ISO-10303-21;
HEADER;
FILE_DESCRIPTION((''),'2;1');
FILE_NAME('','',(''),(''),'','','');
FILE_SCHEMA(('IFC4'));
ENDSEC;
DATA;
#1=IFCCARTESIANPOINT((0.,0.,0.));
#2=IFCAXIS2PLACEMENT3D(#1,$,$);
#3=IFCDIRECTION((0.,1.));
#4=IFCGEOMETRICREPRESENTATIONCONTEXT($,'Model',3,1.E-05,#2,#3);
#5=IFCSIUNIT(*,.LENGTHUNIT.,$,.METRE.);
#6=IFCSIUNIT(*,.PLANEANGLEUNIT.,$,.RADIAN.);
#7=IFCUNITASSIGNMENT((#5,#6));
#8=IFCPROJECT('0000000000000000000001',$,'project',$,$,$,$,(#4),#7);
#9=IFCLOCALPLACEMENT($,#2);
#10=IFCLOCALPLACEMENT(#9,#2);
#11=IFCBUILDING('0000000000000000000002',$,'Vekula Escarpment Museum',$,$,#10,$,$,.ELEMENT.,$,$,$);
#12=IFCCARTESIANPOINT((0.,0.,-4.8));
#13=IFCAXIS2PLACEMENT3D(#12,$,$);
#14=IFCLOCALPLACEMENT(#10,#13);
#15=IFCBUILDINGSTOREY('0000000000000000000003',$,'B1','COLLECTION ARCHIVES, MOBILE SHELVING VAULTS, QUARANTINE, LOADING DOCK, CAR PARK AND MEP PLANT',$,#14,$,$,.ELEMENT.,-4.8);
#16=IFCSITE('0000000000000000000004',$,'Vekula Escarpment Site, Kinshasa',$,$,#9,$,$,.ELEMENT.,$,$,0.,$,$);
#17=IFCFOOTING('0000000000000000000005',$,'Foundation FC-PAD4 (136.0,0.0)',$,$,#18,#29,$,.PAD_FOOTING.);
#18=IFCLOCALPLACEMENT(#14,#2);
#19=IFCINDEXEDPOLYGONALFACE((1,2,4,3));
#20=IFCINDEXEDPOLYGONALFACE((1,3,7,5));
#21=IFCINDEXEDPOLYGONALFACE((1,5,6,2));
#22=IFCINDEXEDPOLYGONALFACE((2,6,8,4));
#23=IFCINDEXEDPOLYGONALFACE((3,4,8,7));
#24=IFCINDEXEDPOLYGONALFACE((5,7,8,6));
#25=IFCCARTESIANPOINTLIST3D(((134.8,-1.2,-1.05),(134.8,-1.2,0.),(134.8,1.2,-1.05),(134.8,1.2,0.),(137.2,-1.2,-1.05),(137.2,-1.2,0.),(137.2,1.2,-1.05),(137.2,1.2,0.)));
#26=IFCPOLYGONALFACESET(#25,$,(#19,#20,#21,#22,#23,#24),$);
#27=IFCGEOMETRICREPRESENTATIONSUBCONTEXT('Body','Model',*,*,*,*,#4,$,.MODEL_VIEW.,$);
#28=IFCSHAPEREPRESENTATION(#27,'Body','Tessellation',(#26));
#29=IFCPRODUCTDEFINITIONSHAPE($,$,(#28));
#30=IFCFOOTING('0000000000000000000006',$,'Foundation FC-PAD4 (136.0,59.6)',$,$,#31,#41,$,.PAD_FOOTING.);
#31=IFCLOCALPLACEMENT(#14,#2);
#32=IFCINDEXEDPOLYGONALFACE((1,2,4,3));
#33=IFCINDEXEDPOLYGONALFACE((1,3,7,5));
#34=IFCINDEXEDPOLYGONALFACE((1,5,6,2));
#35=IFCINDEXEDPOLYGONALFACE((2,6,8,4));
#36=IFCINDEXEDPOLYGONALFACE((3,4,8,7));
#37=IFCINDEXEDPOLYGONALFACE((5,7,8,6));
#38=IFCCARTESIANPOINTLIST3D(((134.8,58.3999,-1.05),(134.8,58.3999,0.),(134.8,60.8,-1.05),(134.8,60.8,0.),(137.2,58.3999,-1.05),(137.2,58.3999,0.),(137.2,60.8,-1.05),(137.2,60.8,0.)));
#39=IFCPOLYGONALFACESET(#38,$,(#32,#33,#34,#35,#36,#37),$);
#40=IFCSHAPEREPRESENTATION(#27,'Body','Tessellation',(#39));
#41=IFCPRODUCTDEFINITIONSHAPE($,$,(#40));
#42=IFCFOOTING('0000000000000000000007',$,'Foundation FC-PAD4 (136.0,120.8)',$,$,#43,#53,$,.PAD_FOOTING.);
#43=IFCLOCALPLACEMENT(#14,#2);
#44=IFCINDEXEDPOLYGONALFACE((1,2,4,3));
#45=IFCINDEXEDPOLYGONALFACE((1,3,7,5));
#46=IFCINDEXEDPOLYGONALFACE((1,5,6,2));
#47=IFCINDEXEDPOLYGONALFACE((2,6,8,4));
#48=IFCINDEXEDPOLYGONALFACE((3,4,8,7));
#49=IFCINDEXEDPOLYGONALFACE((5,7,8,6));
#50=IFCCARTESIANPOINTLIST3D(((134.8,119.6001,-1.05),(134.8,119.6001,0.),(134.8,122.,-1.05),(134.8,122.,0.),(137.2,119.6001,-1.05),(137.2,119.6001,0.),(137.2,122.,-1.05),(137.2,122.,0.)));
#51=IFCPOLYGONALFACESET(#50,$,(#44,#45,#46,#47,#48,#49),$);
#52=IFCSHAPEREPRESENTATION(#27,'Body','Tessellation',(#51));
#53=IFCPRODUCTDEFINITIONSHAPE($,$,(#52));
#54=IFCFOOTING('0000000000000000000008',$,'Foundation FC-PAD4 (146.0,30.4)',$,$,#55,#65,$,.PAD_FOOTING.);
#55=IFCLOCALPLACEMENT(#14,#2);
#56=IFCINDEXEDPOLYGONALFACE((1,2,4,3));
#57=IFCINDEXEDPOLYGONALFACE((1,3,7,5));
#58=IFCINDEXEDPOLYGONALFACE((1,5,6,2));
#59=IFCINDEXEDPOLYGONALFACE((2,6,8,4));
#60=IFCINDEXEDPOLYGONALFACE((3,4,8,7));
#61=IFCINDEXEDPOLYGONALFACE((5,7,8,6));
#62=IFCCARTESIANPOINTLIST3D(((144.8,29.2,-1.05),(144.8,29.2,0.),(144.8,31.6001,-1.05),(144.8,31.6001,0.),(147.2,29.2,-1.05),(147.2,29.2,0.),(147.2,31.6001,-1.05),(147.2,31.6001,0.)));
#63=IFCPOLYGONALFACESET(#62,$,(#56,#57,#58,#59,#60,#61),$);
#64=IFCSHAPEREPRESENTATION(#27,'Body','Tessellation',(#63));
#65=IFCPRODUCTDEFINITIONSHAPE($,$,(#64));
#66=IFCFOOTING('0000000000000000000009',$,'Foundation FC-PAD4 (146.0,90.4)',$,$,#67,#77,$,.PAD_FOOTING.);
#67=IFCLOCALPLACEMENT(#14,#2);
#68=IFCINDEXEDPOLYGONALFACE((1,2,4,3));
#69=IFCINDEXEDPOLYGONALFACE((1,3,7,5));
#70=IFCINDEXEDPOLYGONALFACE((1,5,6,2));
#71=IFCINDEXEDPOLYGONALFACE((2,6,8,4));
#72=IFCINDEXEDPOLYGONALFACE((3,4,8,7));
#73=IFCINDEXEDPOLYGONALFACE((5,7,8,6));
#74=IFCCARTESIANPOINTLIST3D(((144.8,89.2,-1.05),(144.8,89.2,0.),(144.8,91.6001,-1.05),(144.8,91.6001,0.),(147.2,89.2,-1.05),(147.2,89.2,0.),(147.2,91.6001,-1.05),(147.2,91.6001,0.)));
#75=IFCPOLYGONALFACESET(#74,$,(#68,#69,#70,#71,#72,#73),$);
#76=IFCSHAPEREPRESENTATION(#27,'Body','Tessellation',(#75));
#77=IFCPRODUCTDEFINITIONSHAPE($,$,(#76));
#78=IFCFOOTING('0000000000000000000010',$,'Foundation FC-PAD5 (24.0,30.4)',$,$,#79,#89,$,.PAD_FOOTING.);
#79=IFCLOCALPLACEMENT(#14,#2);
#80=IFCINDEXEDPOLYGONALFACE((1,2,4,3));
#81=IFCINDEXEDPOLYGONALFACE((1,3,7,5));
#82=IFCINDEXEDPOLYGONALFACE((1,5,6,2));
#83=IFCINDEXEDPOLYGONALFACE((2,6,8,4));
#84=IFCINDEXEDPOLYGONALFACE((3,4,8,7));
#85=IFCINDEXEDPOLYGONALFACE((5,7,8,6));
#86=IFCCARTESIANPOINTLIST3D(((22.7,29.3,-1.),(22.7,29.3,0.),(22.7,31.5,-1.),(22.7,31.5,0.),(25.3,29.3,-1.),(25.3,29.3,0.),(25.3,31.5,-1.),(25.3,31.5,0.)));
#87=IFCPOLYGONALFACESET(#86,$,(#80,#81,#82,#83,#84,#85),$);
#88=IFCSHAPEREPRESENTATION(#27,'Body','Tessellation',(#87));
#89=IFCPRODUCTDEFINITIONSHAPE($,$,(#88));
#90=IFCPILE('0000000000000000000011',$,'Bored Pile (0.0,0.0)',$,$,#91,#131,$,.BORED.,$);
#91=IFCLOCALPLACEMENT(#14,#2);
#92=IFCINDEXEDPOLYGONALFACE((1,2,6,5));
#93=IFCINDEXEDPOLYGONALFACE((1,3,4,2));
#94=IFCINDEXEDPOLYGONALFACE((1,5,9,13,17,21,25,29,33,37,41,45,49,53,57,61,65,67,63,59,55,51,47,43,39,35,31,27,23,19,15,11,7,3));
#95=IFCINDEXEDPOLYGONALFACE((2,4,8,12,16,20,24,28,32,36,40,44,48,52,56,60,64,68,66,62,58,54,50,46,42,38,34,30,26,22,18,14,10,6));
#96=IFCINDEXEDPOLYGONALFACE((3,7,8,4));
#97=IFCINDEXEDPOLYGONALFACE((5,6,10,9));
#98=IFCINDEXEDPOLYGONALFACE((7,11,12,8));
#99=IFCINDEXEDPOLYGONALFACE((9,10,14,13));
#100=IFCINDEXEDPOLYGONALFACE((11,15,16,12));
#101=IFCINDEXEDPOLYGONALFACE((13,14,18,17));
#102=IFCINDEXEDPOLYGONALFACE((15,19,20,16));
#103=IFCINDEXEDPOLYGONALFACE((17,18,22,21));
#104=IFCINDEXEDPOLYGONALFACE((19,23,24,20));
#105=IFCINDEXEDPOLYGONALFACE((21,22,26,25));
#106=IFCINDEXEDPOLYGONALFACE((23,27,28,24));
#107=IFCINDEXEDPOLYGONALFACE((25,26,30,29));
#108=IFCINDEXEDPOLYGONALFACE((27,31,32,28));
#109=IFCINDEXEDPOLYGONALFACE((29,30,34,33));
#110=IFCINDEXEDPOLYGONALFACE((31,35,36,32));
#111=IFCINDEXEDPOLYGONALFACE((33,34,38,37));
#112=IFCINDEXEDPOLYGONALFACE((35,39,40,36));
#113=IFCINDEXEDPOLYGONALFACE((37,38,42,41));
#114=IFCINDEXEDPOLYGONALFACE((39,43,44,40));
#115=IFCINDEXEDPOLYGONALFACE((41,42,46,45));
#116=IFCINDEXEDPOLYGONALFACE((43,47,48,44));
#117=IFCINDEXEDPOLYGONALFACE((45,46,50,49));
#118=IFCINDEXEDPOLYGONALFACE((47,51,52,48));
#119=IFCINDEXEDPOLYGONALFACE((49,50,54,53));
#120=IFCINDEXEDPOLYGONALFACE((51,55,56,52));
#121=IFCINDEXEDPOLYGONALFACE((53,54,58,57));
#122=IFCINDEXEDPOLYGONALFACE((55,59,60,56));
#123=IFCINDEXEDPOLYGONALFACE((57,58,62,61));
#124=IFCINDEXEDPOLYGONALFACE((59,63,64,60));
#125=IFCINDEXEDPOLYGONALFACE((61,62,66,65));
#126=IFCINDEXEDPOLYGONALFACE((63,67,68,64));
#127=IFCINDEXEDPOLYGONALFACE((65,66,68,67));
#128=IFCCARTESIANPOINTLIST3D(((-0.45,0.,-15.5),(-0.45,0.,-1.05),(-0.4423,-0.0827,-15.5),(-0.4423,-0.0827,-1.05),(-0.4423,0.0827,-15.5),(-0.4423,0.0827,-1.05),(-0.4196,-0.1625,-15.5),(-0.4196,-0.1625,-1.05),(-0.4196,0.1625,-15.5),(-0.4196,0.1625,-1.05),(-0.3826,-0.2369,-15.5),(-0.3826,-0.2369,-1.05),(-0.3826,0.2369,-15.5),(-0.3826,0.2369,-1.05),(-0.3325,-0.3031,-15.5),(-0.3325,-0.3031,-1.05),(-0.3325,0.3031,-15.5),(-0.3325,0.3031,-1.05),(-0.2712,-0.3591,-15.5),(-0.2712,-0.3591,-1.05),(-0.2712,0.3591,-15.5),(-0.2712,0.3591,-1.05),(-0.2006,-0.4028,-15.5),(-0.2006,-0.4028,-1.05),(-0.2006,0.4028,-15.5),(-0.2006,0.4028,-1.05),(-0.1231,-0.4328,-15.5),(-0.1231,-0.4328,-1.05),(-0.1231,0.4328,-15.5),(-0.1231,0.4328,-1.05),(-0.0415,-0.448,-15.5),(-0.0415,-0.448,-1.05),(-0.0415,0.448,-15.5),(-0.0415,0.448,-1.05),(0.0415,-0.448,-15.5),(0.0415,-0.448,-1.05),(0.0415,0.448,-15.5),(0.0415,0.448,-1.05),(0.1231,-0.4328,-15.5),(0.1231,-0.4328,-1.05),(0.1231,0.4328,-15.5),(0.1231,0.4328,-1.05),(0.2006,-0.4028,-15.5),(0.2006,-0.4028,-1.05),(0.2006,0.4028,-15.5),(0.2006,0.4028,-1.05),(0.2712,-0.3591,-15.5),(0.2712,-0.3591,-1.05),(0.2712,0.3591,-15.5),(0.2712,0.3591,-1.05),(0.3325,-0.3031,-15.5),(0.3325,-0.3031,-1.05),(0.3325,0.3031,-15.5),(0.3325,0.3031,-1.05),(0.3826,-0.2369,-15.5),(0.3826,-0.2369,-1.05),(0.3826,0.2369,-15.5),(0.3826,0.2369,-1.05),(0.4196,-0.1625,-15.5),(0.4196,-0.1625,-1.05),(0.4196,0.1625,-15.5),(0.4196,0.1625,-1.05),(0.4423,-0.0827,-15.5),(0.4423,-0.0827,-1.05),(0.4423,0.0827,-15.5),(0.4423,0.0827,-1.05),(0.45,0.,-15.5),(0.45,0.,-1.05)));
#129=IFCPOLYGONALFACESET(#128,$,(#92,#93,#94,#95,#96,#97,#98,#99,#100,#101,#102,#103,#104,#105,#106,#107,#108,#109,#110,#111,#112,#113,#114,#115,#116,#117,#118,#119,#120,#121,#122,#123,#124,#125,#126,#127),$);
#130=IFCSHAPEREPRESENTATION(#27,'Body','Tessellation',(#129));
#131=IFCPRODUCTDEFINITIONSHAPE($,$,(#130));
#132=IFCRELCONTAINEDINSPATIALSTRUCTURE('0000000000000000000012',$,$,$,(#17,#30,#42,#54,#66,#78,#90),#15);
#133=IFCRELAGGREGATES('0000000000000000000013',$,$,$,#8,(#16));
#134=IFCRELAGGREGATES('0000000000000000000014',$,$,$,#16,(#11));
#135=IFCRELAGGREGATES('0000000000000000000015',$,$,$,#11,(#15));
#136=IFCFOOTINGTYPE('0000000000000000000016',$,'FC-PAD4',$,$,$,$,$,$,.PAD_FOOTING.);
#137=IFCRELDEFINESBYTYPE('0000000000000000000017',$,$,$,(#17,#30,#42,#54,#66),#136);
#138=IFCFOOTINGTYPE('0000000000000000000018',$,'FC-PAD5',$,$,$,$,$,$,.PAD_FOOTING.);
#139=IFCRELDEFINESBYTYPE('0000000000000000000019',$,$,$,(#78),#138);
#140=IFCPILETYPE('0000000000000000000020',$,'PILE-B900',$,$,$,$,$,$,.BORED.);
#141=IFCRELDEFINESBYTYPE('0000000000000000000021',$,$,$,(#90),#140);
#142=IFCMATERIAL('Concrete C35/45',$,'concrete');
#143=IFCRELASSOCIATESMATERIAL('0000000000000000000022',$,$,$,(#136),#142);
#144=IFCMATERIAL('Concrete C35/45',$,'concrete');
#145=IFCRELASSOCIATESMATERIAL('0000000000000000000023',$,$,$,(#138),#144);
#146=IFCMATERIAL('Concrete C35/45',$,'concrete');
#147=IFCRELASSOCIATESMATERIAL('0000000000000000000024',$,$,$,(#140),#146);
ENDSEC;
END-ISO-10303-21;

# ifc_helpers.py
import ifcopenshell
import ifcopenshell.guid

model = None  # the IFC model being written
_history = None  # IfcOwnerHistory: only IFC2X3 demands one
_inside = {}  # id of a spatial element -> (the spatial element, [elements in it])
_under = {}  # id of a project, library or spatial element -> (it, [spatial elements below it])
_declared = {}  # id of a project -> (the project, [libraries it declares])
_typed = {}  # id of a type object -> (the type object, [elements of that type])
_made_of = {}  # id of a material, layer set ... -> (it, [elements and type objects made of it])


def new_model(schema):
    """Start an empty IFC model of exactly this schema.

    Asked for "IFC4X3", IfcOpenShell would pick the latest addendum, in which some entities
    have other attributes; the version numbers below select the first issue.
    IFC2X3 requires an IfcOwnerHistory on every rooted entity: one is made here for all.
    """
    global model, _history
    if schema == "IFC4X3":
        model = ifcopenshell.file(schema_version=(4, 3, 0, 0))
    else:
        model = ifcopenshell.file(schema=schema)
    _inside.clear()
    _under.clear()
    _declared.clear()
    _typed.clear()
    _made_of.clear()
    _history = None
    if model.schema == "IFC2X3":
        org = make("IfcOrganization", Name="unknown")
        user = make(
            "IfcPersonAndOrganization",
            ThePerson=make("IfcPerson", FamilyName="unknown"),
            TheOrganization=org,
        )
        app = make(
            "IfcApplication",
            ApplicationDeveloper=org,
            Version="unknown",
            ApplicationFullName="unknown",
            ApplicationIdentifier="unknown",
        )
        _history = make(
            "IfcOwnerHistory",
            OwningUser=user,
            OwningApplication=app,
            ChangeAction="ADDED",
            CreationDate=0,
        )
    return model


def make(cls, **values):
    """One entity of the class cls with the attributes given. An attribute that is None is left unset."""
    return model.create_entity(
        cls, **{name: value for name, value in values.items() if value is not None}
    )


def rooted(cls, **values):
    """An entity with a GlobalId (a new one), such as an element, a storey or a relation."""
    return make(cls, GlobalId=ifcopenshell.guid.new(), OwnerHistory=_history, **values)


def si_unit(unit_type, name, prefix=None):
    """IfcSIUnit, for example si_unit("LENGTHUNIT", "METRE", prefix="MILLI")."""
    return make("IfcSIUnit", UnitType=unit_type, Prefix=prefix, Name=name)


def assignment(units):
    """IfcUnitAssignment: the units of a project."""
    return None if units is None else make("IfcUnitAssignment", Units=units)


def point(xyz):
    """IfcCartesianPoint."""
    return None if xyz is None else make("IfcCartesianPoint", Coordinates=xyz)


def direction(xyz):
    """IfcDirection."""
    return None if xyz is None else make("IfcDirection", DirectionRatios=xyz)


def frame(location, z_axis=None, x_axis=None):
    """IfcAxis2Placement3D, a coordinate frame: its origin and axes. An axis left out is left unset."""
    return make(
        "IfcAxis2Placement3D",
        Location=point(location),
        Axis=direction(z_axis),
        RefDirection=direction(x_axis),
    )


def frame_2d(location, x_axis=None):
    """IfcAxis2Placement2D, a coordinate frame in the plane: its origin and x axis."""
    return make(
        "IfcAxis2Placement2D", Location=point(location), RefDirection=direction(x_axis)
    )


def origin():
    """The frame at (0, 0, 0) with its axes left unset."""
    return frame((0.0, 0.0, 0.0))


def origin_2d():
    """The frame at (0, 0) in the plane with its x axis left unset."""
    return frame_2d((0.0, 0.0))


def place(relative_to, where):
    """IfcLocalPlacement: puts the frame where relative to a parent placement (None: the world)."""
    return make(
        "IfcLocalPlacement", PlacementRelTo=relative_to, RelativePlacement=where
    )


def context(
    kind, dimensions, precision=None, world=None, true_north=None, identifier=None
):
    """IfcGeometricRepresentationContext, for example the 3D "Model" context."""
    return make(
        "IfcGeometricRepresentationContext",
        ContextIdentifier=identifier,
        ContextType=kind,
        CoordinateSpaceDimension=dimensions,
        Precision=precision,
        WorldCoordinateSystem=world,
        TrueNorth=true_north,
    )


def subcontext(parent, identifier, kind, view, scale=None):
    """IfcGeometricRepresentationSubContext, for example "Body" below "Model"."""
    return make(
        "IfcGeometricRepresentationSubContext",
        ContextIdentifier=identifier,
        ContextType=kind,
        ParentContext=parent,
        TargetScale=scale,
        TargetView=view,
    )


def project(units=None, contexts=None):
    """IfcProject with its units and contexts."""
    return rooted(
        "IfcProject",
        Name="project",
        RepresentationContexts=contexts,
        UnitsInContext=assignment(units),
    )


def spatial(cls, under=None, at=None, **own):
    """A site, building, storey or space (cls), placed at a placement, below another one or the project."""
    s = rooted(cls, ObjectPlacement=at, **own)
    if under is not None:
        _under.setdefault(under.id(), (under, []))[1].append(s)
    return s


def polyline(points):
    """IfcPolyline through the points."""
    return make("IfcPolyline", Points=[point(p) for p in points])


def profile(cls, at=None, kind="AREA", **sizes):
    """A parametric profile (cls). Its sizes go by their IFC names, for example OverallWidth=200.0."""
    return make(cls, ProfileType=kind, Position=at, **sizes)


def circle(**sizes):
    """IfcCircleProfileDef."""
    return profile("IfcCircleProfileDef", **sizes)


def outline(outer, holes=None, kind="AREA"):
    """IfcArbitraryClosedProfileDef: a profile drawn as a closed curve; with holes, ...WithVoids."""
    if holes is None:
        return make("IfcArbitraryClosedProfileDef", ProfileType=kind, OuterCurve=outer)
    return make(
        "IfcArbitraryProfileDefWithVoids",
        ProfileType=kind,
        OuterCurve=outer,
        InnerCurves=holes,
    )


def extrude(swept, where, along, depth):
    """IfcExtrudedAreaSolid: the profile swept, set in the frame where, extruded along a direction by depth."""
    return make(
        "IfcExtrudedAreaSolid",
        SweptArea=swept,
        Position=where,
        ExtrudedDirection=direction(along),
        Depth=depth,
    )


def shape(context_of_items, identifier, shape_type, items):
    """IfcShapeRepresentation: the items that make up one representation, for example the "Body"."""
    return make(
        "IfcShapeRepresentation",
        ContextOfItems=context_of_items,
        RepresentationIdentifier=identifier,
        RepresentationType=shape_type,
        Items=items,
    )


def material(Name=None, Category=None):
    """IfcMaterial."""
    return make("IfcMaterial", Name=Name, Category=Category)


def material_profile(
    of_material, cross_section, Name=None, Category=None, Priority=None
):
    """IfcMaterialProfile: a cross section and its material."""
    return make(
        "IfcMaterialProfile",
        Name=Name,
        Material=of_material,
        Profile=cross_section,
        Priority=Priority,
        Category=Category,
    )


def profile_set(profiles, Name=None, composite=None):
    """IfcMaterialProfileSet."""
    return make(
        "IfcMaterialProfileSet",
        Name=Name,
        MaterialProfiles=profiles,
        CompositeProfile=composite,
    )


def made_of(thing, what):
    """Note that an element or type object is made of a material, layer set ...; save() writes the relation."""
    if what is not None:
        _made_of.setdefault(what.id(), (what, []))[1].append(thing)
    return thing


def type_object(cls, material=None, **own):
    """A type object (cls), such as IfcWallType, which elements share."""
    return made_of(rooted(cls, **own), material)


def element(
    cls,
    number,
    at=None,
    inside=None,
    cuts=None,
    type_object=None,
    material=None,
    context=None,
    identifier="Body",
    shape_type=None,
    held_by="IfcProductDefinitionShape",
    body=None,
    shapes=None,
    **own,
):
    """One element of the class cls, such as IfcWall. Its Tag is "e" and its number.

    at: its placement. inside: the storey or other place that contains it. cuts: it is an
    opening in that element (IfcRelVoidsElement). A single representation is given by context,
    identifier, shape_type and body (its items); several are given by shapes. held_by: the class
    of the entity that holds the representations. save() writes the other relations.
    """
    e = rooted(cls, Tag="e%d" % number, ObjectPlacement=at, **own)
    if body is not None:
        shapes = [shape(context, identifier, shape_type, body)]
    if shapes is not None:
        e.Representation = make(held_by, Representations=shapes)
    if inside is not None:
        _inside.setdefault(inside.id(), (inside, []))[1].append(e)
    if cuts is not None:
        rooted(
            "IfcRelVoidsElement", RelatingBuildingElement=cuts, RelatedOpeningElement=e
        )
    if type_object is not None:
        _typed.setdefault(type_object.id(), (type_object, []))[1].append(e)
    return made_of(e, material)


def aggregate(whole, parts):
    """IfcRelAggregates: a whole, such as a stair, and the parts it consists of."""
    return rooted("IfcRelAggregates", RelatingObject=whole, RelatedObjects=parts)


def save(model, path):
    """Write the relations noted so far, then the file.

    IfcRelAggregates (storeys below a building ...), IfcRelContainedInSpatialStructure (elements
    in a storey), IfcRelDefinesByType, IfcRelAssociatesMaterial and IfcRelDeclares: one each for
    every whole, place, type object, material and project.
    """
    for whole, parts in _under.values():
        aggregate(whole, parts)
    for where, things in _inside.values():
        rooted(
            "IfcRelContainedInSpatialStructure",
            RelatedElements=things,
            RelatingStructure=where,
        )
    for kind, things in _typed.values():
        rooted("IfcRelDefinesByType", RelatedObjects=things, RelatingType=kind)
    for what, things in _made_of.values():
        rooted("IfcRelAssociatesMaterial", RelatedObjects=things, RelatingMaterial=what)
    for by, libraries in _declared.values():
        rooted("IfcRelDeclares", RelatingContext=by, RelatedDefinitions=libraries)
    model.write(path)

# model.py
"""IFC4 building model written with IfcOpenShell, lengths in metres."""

from ifc_helpers import new_model, si_unit, direction, frame, origin, origin_2d, place, context, subcontext, project, spatial, polyline, circle, outline, extrude, material, material_profile, profile_set, type_object, element, save


model = new_model("IFC4")

# Units and contexts
model_context = context("Model", 3, precision=1e-05, world=origin(), true_north=direction((0.0, 1.0)))
body_context = subcontext(model_context, "Body", "Model", "MODEL_VIEW")
ifc_project = project(units=[si_unit("LENGTHUNIT", "METRE"), si_unit("PLANEANGLEUNIT", "RADIAN")], contexts=[model_context])

# Site, building, storey
site_placement = place(None, origin())
site = spatial("IfcSite", under=ifc_project, at=site_placement, Name="Vekula Escarpment Site, Kinshasa", CompositionType="ELEMENT", RefElevation=0.0)
building_placement = place(site_placement, origin())
building = spatial("IfcBuilding", under=site, at=building_placement, Name="Vekula Escarpment Museum", CompositionType="ELEMENT")
storey_placement = place(building_placement, frame((0.0, 0.0, -4.8)))
storey = spatial("IfcBuildingStorey", under=building, at=storey_placement, Name="B1", Description="COLLECTION ARCHIVES, MOBILE SHELVING VAULTS, QUARANTINE, LOADING DOCK, CAR PARK AND MEP PLANT", CompositionType="ELEMENT", Elevation=-4.8)

# Footings
ifc_material_1 = material(Name="Concrete C35/45", Category="concrete")
footing_type_1 = type_object("IfcFootingType", Name="FC-PAD4", PredefinedType="PAD_FOOTING", material=ifc_material_1)
footing_1_placement = place(storey_placement, frame((0.0, 0.0, -1.05)))
element("IfcFooting", 1, at=footing_1_placement, inside=storey, type_object=footing_type_1, Name="Foundation FC-PAD4 (136.0,0.0)", PredefinedType="PAD_FOOTING", context=body_context, shape_type="SweptSolid", body=[
    extrude(outline(polyline([(134.8, -1.2), (137.2, -1.2), (137.2, 1.2), (134.8, 1.2), (134.8, -1.2)])), origin(), (0.0, 0.0, 1.0), 1.05),
])
footing_2_placement = place(storey_placement, frame((0.0, 0.0, -1.05)))
element("IfcFooting", 2, at=footing_2_placement, inside=storey, type_object=footing_type_1, Name="Foundation FC-PAD4 (136.0,59.6)", PredefinedType="PAD_FOOTING", context=body_context, shape_type="SweptSolid", body=[
    extrude(outline(polyline([(134.8, 58.3999), (137.2, 58.3999), (137.2, 60.8), (134.8, 60.8), (134.8, 58.3999)])), origin(), (0.0, 0.0, 1.0), 1.05),
])
footing_3_placement = place(storey_placement, frame((0.0, 0.0, -1.05)))
element("IfcFooting", 3, at=footing_3_placement, inside=storey, type_object=footing_type_1, Name="Foundation FC-PAD4 (136.0,120.8)", PredefinedType="PAD_FOOTING", context=body_context, shape_type="SweptSolid", body=[
    extrude(outline(polyline([(134.8, 119.6001), (137.2, 119.6001), (137.2, 122.0), (134.8, 122.0), (134.8, 119.6001)])), origin(), (0.0, 0.0, 1.0), 1.05),
])
footing_4_placement = place(storey_placement, frame((0.0, 0.0, -1.05)))
element("IfcFooting", 4, at=footing_4_placement, inside=storey, type_object=footing_type_1, Name="Foundation FC-PAD4 (146.0,30.4)", PredefinedType="PAD_FOOTING", context=body_context, shape_type="SweptSolid", body=[
    extrude(outline(polyline([(144.8, 29.2), (147.2, 29.2), (147.2, 31.6001), (144.8, 31.6001), (144.8, 29.2)])), origin(), (0.0, 0.0, 1.0), 1.05),
])
footing_5_placement = place(storey_placement, frame((0.0, 0.0, -1.05)))
element("IfcFooting", 5, at=footing_5_placement, inside=storey, type_object=footing_type_1, Name="Foundation FC-PAD4 (146.0,90.4)", PredefinedType="PAD_FOOTING", context=body_context, shape_type="SweptSolid", body=[
    extrude(outline(polyline([(144.8, 89.2), (147.2, 89.2), (147.2, 91.6001), (144.8, 91.6001), (144.8, 89.2)])), origin(), (0.0, 0.0, 1.0), 1.05),
])
ifc_material_2 = material(Name="Concrete C35/45", Category="concrete")
footing_type_2 = type_object("IfcFootingType", Name="FC-PAD5", PredefinedType="PAD_FOOTING", material=ifc_material_2)
footing_6_placement = place(storey_placement, frame((0.0, 0.0, -1.0)))
element("IfcFooting", 6, at=footing_6_placement, inside=storey, type_object=footing_type_2, Name="Foundation FC-PAD5 (24.0,30.4)", PredefinedType="PAD_FOOTING", context=body_context, shape_type="SweptSolid", body=[
    extrude(outline(polyline([(22.7, 29.3), (25.3, 29.3), (25.3, 31.5), (22.7, 31.5), (22.7, 29.3)])), origin(), (0.0, 0.0, 1.0), 1.0),
])

# Pile
ifc_material_3 = material(Name="Concrete C35/45", Category="concrete")
ifc_material_profile = material_profile(ifc_material_3, circle(Radius=0.45, at=origin_2d()), Name="BORED PILE 900")
ifc_profile_set = profile_set([ifc_material_profile], Name="Concrete C35/45")
pile_type = type_object("IfcPileType", Name="PILE-B900", PredefinedType="BORED", material=ifc_profile_set)
pile_placement = place(storey_placement, frame((0.0, 0.0, -1.05), z_axis=(0.0, 0.0, -1.0), x_axis=(1.0, 0.0, 0.0)))
element("IfcPile", 7, at=pile_placement, inside=storey, type_object=pile_type, Name="Bored Pile (0.0,0.0)", PredefinedType="BORED", context=body_context, shape_type="SweptSolid", body=[
    extrude(circle(Radius=0.45, at=origin_2d()), origin(), (0.0, 0.0, 1.0), 14.45),
])

save(model, "model.ifc")
